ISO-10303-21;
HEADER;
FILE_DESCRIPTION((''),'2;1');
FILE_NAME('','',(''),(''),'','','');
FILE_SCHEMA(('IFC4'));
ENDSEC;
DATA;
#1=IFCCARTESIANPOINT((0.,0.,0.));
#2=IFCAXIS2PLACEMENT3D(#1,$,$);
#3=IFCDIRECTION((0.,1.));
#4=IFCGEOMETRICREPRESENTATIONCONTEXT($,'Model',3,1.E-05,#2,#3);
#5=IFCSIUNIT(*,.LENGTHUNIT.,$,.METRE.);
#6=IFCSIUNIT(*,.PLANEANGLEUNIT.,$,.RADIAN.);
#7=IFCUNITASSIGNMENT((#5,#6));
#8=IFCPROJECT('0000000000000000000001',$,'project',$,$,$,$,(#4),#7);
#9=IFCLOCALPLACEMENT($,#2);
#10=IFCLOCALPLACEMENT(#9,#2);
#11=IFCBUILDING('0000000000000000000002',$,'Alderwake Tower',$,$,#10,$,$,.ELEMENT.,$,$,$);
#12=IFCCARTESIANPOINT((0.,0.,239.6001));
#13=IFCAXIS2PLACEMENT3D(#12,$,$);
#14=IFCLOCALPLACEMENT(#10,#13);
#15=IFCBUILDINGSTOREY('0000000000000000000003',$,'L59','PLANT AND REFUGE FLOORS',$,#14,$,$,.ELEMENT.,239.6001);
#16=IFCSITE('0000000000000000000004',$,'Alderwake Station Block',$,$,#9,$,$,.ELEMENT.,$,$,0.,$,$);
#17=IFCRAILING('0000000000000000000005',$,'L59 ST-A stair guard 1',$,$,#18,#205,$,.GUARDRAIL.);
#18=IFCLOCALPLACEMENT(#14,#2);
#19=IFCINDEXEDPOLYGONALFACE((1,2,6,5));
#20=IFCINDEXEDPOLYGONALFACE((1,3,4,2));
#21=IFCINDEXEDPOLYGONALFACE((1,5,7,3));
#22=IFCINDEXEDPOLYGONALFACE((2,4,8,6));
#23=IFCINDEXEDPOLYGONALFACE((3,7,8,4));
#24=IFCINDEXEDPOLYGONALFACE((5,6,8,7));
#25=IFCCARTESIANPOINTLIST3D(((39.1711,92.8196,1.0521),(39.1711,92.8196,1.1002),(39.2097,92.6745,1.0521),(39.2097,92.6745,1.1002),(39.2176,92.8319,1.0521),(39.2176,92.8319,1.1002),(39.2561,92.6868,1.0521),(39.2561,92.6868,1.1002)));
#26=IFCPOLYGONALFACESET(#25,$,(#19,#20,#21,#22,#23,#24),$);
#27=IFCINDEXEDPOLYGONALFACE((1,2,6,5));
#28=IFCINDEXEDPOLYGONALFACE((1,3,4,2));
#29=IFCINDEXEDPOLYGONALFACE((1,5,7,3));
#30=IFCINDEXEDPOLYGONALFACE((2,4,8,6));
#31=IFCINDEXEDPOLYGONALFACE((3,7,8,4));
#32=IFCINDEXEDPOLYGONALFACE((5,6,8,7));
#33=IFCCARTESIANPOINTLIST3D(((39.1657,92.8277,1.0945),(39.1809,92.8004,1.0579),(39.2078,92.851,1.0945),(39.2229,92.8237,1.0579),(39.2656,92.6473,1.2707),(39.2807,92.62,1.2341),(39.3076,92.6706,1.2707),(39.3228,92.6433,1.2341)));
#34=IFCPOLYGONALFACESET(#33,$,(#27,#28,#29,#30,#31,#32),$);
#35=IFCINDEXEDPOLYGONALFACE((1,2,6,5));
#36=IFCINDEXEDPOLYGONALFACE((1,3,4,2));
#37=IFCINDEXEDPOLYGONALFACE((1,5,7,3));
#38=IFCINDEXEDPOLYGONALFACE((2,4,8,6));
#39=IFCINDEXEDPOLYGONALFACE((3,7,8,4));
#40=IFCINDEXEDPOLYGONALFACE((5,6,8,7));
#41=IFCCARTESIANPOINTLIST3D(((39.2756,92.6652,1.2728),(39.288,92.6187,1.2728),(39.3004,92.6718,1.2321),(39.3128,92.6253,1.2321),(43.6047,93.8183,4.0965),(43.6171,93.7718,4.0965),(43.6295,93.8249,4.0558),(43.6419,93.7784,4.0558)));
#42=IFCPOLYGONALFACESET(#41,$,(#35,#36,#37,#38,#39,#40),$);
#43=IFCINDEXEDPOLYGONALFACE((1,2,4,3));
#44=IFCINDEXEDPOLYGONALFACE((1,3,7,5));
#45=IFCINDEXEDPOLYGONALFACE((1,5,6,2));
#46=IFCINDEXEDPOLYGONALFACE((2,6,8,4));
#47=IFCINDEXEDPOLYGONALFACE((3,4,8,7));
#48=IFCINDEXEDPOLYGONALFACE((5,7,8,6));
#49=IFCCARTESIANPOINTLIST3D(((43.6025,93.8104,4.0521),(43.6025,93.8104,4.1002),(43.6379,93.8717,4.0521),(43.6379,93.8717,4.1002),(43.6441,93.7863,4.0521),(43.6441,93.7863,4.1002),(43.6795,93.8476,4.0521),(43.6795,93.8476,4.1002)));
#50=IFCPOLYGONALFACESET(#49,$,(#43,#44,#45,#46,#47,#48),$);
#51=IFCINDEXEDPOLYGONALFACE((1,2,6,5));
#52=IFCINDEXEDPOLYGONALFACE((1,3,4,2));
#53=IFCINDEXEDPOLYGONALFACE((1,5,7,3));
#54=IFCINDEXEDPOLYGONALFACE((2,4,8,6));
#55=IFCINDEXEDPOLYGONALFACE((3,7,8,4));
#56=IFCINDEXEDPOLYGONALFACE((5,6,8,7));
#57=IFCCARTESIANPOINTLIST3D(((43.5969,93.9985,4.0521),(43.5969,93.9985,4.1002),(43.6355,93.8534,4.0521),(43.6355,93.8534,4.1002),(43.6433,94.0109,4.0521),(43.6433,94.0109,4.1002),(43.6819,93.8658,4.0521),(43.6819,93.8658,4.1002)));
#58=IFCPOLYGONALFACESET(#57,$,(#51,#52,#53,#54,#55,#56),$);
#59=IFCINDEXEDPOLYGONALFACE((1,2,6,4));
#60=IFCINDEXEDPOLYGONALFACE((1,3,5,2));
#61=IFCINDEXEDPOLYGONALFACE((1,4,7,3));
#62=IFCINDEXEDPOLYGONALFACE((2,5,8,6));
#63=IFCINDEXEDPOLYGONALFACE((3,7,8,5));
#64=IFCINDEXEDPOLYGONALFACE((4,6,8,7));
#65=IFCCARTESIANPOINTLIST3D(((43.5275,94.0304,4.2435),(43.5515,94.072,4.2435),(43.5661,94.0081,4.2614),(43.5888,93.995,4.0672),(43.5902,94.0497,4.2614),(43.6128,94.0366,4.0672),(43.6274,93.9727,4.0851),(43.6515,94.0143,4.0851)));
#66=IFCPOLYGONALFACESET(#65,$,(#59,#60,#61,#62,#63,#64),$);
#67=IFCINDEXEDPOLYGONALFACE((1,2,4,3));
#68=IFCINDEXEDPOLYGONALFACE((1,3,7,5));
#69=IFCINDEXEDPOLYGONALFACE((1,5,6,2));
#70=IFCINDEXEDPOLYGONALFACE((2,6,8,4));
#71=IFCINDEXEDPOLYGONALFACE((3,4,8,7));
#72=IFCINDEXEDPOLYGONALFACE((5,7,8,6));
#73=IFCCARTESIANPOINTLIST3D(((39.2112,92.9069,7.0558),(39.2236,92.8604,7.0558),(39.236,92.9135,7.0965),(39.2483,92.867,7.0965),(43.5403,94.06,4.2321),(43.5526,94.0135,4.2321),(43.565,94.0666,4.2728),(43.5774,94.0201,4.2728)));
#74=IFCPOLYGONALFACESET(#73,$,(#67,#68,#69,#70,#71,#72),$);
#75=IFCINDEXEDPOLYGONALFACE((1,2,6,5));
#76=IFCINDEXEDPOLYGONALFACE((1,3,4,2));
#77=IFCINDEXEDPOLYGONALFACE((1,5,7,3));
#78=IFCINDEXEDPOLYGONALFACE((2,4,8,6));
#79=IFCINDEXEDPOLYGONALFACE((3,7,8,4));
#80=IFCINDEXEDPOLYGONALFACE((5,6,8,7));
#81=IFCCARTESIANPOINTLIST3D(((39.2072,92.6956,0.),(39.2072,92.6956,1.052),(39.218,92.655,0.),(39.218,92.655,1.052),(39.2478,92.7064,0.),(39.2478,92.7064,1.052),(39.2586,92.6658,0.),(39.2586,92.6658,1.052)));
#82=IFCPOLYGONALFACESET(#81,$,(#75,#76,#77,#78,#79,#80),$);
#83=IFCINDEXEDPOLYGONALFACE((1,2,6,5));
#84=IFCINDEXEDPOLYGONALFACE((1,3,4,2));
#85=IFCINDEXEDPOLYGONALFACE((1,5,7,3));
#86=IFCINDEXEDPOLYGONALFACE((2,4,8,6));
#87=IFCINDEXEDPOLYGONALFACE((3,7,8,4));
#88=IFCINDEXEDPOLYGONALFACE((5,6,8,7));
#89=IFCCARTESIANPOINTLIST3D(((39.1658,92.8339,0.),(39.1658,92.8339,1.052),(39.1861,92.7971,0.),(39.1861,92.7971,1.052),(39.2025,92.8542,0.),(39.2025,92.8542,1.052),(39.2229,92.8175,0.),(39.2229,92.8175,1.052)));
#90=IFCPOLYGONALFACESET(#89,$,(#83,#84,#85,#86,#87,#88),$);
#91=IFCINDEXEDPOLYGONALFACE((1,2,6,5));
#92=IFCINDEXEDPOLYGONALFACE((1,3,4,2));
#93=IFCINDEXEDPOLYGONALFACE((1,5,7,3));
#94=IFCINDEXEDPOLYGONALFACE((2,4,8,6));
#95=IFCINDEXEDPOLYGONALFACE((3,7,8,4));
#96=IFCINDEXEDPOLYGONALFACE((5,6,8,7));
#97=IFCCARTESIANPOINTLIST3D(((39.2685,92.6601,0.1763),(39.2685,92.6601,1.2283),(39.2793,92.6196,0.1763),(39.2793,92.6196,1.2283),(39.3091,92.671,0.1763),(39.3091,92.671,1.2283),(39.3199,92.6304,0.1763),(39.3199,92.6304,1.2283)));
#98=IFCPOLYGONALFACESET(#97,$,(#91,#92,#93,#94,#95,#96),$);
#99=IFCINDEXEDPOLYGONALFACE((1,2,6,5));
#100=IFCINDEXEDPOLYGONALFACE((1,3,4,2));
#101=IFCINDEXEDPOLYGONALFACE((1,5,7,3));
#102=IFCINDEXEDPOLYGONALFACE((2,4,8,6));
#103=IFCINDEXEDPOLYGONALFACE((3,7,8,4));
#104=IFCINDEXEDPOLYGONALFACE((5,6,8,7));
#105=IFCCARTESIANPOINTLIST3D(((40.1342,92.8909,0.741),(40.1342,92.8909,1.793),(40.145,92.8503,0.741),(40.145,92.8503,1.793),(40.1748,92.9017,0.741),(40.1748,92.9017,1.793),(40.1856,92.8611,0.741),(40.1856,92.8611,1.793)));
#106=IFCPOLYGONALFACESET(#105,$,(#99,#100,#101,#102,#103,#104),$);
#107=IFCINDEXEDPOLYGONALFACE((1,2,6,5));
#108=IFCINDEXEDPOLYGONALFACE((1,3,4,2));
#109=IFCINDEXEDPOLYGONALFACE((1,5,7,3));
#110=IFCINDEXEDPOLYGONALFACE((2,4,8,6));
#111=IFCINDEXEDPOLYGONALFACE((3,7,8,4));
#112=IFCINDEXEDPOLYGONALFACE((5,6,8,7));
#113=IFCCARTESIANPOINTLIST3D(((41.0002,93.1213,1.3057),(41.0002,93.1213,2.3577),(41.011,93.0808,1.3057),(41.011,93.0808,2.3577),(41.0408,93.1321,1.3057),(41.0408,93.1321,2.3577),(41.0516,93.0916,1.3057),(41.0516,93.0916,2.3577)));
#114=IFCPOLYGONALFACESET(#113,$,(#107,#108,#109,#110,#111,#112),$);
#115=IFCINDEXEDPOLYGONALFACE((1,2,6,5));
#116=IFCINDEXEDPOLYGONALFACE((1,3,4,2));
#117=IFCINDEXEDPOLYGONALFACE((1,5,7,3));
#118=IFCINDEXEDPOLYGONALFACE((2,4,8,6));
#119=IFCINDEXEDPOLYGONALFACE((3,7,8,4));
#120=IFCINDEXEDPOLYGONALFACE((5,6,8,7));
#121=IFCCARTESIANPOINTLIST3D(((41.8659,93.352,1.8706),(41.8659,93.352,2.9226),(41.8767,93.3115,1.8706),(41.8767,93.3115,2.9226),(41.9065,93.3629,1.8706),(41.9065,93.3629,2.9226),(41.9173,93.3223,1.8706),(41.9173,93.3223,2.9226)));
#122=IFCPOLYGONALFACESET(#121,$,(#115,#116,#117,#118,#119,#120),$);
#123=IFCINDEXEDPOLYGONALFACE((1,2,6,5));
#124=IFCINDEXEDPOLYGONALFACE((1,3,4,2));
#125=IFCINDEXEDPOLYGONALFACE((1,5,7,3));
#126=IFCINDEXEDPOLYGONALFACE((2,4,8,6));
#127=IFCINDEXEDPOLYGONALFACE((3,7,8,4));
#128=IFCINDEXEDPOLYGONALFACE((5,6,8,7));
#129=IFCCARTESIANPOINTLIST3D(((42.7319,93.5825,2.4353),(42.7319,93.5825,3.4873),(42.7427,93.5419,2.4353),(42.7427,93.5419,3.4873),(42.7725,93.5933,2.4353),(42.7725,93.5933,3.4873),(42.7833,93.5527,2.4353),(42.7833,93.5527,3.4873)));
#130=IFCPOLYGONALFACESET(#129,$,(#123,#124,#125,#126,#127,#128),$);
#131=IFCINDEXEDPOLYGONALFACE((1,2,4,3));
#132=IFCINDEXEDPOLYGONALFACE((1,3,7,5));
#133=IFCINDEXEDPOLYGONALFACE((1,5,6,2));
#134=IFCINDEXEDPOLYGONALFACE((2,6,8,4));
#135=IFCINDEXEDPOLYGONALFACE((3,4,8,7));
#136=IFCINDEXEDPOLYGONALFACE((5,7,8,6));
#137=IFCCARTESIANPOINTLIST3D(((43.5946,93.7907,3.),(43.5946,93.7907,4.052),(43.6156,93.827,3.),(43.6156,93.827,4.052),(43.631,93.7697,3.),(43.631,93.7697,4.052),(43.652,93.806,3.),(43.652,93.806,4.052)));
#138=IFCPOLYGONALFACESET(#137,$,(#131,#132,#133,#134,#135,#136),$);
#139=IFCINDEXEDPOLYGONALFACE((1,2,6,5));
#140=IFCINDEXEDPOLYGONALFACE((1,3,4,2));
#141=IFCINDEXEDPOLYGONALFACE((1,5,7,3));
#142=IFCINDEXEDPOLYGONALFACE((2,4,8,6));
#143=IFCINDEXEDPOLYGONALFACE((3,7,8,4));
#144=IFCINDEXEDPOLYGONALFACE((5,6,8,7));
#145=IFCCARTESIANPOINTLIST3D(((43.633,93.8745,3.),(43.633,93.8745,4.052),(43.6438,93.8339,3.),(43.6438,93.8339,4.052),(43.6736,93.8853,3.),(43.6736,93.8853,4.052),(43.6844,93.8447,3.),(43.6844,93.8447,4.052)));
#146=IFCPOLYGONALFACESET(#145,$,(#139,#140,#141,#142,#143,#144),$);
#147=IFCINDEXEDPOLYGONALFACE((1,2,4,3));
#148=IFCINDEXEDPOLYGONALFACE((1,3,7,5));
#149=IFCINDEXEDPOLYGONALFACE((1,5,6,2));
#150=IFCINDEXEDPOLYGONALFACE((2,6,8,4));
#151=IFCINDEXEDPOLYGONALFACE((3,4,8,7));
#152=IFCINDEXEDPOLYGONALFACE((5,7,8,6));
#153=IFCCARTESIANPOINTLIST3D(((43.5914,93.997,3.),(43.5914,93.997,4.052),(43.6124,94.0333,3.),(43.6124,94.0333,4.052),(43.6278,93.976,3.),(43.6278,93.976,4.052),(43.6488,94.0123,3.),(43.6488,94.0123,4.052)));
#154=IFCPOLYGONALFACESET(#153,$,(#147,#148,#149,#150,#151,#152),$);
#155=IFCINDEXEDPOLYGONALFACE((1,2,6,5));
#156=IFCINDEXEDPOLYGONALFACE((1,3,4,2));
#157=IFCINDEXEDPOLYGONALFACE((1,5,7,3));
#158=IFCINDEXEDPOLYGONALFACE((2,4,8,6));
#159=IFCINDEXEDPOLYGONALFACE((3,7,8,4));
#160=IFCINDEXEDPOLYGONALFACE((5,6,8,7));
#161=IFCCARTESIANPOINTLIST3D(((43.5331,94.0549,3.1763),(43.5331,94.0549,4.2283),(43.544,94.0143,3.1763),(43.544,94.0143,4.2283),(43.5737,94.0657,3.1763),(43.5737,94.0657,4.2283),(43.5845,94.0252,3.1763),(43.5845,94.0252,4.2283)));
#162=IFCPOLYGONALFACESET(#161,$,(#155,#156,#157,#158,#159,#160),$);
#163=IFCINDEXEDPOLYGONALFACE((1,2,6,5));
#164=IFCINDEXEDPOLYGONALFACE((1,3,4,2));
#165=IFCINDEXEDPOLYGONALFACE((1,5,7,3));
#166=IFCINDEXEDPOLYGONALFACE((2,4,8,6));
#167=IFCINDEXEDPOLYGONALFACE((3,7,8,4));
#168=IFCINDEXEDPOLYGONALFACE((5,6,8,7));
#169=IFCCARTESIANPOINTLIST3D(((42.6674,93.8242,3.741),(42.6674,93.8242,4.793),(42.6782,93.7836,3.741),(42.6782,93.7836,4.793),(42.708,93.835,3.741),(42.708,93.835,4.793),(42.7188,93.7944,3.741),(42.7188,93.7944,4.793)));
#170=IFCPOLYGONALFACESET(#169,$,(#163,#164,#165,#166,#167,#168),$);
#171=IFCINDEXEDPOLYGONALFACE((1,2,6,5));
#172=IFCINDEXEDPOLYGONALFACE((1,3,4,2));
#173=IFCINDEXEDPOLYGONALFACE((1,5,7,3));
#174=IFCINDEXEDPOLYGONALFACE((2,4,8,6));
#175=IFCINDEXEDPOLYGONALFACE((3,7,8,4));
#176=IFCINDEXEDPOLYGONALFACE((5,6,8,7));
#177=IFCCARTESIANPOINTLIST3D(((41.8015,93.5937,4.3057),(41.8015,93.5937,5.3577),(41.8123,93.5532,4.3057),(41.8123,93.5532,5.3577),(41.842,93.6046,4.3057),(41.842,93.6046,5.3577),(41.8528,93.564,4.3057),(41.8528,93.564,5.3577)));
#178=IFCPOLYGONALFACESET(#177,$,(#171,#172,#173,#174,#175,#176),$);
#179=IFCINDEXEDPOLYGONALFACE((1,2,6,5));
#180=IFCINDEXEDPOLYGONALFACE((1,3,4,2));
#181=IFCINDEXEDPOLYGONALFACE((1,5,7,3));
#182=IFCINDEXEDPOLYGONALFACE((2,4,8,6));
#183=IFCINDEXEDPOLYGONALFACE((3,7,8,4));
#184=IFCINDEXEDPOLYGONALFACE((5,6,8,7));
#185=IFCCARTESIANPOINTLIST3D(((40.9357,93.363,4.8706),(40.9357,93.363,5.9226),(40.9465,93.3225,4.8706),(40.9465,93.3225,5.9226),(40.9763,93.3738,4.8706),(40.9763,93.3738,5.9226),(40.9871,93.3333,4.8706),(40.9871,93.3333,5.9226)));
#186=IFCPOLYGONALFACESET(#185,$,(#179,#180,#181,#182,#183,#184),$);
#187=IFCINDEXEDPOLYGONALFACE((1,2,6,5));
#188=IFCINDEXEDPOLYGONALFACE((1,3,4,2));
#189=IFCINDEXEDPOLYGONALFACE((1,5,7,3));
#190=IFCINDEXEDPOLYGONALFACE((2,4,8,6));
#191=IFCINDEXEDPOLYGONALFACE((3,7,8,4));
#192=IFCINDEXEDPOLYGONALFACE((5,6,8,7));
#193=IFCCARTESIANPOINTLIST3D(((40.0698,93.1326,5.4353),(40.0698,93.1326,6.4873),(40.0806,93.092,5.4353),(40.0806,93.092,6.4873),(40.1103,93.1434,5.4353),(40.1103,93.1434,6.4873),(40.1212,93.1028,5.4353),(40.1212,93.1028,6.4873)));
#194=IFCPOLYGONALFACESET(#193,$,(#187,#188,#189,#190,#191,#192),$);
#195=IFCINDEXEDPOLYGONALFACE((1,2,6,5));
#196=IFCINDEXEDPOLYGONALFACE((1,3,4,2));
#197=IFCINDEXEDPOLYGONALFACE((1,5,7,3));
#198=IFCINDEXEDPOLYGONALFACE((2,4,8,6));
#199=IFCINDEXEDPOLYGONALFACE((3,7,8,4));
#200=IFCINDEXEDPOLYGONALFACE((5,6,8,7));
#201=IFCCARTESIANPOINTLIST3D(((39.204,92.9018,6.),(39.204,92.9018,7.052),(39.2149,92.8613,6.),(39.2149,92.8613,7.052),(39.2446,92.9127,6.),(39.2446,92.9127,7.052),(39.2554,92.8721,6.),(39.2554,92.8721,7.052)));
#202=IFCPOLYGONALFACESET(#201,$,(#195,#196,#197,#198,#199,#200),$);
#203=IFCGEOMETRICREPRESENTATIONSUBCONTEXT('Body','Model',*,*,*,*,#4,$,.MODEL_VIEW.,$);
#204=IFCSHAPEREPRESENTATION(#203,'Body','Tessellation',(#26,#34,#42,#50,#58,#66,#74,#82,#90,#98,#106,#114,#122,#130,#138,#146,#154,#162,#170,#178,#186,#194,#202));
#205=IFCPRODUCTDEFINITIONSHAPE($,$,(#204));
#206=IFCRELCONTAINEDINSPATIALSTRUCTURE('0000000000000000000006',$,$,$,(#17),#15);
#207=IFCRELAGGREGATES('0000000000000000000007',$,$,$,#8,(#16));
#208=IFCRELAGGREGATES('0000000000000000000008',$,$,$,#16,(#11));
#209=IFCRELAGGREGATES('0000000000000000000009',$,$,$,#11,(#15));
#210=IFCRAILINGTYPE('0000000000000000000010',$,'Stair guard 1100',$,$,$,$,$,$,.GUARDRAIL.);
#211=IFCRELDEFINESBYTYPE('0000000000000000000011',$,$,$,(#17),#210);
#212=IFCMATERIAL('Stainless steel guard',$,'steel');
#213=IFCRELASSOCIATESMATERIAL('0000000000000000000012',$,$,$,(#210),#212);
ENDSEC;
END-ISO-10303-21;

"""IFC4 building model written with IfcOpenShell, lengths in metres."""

from ifc_helpers import new_model, si_unit, direction, frame, origin, origin_2d, place, context, subcontext, project, spatial, rectangle, extrude, material, type_object, element, save


model = new_model("IFC4")

# Units and contexts
model_context = context("Model", 3, precision=1e-05, world=origin(), true_north=direction((0.0, 1.0)))
body_context = subcontext(model_context, "Body", "Model", "MODEL_VIEW")
ifc_project = project(units=[si_unit("LENGTHUNIT", "METRE"), si_unit("PLANEANGLEUNIT", "RADIAN")], contexts=[model_context])

# Site, building, storey
site_placement = place(None, origin())
site = spatial("IfcSite", under=ifc_project, at=site_placement, Name="Alderwake Station Block", CompositionType="ELEMENT", RefElevation=0.0)
building_placement = place(site_placement, origin())
building = spatial("IfcBuilding", under=site, at=building_placement, Name="Alderwake Tower", CompositionType="ELEMENT")
storey_placement = place(building_placement, frame((0.0, 0.0, 239.6001)))
storey = spatial("IfcBuildingStorey", under=building, at=storey_placement, Name="L59", Description="PLANT AND REFUGE FLOORS", CompositionType="ELEMENT", Elevation=239.6001)

# Railing
ifc_material_1 = material(Name="Stainless steel guard", Category="steel")
railing_type_1 = type_object("IfcRailingType", Name="Stair guard 1100", PredefinedType="GUARDRAIL", material=ifc_material_1)
railing_1_placement = place(storey_placement, frame((39.2329, 92.6807, 0.0)))
element("IfcRailing", 1, at=railing_1_placement, inside=storey, type_object=railing_type_1, Name="L59 ST-A stair guard 1", PredefinedType="GUARDRAIL", context=body_context, shape_type="SweptSolid", body=[
    extrude(rectangle(XDim=0.0481, YDim=0.0481, at=origin_2d()), frame((0.0, 0.0, 1.0762), z_axis=(-0.257055, 0.966397, 0.0), x_axis=(-0.966397, -0.257055, 0.0)), (0.0, 0.0, 1.0), 0.1501),
    extrude(rectangle(XDim=0.0481, YDim=0.0481, at=origin_2d()), frame((-0.0386, 0.145, 1.0762), z_axis=(0.368082, -0.665068, 0.649769), x_axis=(0.874938, 0.484235, 0.0)), (0.0, 0.0, 1.0), 0.2712),
    extrude(rectangle(XDim=0.0481, YDim=0.0481, at=origin_2d()), frame((0.0613, -0.0354, 1.2524), z_axis=(0.817479, 0.217739, 0.533215), x_axis=(-0.257381, 0.96631, 0.0)), (0.0, 0.0, 1.0), 5.2957),
    extrude(rectangle(XDim=0.0481, YDim=0.0481, at=origin_2d()), frame((4.3904, 1.1177, 4.0762), z_axis=(0.50022, 0.865898, 0.0), x_axis=(-0.865898, 0.50022, 0.0)), (0.0, 0.0, 1.0), 0.0708),
    extrude(rectangle(XDim=0.0481, YDim=0.0481, at=origin_2d()), frame((4.4258, 1.179, 4.0762), z_axis=(-0.257055, 0.966397, 0.0), x_axis=(-0.966397, -0.257055, 0.0)), (0.0, 0.0, 1.0), 0.1501),
    extrude(rectangle(XDim=0.0481, YDim=0.0481, at=origin_2d()), frame((4.3872, 1.324, 4.0762), z_axis=(-0.322615, 0.186371, 0.928001), x_axis=(-0.50022, -0.865898, 0.0)), (0.0, 0.0, 1.0), 0.1899),
    extrude(rectangle(XDim=0.0481, YDim=0.0481, at=origin_2d()), frame((4.3259, 1.3594, 4.2524), z_axis=(-0.817479, -0.217739, 0.533215), x_axis=(0.257381, -0.96631, 0.0)), (0.0, 0.0, 1.0), 5.2957),
    extrude(rectangle(XDim=0.042, YDim=0.042, at=origin_2d()), frame((0.0, 0.0, 0.0), z_axis=(0.0, 0.0, 1.0), x_axis=(-0.257055, 0.966397, 0.0)), (0.0, 0.0, 1.0), 1.052),
    extrude(rectangle(XDim=0.042, YDim=0.042, at=origin_2d()), frame((-0.0386, 0.145, 0.0), z_axis=(0.0, 0.0, 1.0), x_axis=(0.484235, -0.874938, 0.0)), (0.0, 0.0, 1.0), 1.052),
    extrude(rectangle(XDim=0.042, YDim=0.042, at=origin_2d()), frame((0.0613, -0.0354, 0.1763), z_axis=(0.0, 0.0, 1.0), x_axis=(0.96631, 0.257381, 0.0)), (0.0, 0.0, 1.0), 1.052),
    extrude(rectangle(XDim=0.042, YDim=0.042, at=origin_2d()), frame((0.927, 0.1953, 0.741), z_axis=(0.0, 0.0, 1.0), x_axis=(0.96631, 0.257381, 0.0)), (0.0, 0.0, 1.0), 1.052),
    extrude(rectangle(XDim=0.042, YDim=0.042, at=origin_2d()), frame((1.793, 0.4258, 1.3057), z_axis=(0.0, 0.0, 1.0), x_axis=(0.96631, 0.257381, 0.0)), (0.0, 0.0, 1.0), 1.052),
    extrude(rectangle(XDim=0.042, YDim=0.042, at=origin_2d()), frame((2.6587, 0.6565, 1.8706), z_axis=(0.0, 0.0, 1.0), x_axis=(0.96631, 0.257381, 0.0)), (0.0, 0.0, 1.0), 1.052),
    extrude(rectangle(XDim=0.042, YDim=0.042, at=origin_2d()), frame((3.5247, 0.887, 2.4353), z_axis=(0.0, 0.0, 1.0), x_axis=(0.96631, 0.257381, 0.0)), (0.0, 0.0, 1.0), 1.052),
    extrude(rectangle(XDim=0.042, YDim=0.042, at=origin_2d()), frame((4.3904, 1.1177, 3.0), z_axis=(0.0, 0.0, 1.0), x_axis=(0.50022, 0.865898, 0.0)), (0.0, 0.0, 1.0), 1.052),
    extrude(rectangle(XDim=0.042, YDim=0.042, at=origin_2d()), frame((4.4258, 1.179, 3.0), z_axis=(0.0, 0.0, 1.0), x_axis=(-0.257055, 0.966397, 0.0)), (0.0, 0.0, 1.0), 1.052),
    extrude(rectangle(XDim=0.042, YDim=0.042, at=origin_2d()), frame((4.3872, 1.324, 3.0), z_axis=(0.0, 0.0, 1.0), x_axis=(-0.865898, 0.50022, 0.0)), (0.0, 0.0, 1.0), 1.052),
    extrude(rectangle(XDim=0.042, YDim=0.042, at=origin_2d()), frame((4.3259, 1.3594, 3.1763), z_axis=(0.0, 0.0, 1.0), x_axis=(-0.96631, -0.257381, 0.0)), (0.0, 0.0, 1.0), 1.052),
    extrude(rectangle(XDim=0.042, YDim=0.042, at=origin_2d()), frame((3.4602, 1.1287, 3.741), z_axis=(0.0, 0.0, 1.0), x_axis=(-0.96631, -0.257381, 0.0)), (0.0, 0.0, 1.0), 1.052),
    extrude(rectangle(XDim=0.042, YDim=0.042, at=origin_2d()), frame((2.5942, 0.8982, 4.3057), z_axis=(0.0, 0.0, 1.0), x_axis=(-0.96631, -0.257381, 0.0)), (0.0, 0.0, 1.0), 1.052),
    extrude(rectangle(XDim=0.042, YDim=0.042, at=origin_2d()), frame((1.7285, 0.6675, 4.8706), z_axis=(0.0, 0.0, 1.0), x_axis=(-0.96631, -0.257381, 0.0)), (0.0, 0.0, 1.0), 1.052),
    extrude(rectangle(XDim=0.042, YDim=0.042, at=origin_2d()), frame((0.8625, 0.437, 5.4353), z_axis=(0.0, 0.0, 1.0), x_axis=(-0.96631, -0.257381, 0.0)), (0.0, 0.0, 1.0), 1.052),
    extrude(rectangle(XDim=0.042, YDim=0.042, at=origin_2d()), frame((-0.0032, 0.2063, 6.0), z_axis=(0.0, 0.0, 1.0), x_axis=(-0.96631, -0.257381, 0.0)), (0.0, 0.0, 1.0), 1.052),
])

save(model, "model.ifc")
